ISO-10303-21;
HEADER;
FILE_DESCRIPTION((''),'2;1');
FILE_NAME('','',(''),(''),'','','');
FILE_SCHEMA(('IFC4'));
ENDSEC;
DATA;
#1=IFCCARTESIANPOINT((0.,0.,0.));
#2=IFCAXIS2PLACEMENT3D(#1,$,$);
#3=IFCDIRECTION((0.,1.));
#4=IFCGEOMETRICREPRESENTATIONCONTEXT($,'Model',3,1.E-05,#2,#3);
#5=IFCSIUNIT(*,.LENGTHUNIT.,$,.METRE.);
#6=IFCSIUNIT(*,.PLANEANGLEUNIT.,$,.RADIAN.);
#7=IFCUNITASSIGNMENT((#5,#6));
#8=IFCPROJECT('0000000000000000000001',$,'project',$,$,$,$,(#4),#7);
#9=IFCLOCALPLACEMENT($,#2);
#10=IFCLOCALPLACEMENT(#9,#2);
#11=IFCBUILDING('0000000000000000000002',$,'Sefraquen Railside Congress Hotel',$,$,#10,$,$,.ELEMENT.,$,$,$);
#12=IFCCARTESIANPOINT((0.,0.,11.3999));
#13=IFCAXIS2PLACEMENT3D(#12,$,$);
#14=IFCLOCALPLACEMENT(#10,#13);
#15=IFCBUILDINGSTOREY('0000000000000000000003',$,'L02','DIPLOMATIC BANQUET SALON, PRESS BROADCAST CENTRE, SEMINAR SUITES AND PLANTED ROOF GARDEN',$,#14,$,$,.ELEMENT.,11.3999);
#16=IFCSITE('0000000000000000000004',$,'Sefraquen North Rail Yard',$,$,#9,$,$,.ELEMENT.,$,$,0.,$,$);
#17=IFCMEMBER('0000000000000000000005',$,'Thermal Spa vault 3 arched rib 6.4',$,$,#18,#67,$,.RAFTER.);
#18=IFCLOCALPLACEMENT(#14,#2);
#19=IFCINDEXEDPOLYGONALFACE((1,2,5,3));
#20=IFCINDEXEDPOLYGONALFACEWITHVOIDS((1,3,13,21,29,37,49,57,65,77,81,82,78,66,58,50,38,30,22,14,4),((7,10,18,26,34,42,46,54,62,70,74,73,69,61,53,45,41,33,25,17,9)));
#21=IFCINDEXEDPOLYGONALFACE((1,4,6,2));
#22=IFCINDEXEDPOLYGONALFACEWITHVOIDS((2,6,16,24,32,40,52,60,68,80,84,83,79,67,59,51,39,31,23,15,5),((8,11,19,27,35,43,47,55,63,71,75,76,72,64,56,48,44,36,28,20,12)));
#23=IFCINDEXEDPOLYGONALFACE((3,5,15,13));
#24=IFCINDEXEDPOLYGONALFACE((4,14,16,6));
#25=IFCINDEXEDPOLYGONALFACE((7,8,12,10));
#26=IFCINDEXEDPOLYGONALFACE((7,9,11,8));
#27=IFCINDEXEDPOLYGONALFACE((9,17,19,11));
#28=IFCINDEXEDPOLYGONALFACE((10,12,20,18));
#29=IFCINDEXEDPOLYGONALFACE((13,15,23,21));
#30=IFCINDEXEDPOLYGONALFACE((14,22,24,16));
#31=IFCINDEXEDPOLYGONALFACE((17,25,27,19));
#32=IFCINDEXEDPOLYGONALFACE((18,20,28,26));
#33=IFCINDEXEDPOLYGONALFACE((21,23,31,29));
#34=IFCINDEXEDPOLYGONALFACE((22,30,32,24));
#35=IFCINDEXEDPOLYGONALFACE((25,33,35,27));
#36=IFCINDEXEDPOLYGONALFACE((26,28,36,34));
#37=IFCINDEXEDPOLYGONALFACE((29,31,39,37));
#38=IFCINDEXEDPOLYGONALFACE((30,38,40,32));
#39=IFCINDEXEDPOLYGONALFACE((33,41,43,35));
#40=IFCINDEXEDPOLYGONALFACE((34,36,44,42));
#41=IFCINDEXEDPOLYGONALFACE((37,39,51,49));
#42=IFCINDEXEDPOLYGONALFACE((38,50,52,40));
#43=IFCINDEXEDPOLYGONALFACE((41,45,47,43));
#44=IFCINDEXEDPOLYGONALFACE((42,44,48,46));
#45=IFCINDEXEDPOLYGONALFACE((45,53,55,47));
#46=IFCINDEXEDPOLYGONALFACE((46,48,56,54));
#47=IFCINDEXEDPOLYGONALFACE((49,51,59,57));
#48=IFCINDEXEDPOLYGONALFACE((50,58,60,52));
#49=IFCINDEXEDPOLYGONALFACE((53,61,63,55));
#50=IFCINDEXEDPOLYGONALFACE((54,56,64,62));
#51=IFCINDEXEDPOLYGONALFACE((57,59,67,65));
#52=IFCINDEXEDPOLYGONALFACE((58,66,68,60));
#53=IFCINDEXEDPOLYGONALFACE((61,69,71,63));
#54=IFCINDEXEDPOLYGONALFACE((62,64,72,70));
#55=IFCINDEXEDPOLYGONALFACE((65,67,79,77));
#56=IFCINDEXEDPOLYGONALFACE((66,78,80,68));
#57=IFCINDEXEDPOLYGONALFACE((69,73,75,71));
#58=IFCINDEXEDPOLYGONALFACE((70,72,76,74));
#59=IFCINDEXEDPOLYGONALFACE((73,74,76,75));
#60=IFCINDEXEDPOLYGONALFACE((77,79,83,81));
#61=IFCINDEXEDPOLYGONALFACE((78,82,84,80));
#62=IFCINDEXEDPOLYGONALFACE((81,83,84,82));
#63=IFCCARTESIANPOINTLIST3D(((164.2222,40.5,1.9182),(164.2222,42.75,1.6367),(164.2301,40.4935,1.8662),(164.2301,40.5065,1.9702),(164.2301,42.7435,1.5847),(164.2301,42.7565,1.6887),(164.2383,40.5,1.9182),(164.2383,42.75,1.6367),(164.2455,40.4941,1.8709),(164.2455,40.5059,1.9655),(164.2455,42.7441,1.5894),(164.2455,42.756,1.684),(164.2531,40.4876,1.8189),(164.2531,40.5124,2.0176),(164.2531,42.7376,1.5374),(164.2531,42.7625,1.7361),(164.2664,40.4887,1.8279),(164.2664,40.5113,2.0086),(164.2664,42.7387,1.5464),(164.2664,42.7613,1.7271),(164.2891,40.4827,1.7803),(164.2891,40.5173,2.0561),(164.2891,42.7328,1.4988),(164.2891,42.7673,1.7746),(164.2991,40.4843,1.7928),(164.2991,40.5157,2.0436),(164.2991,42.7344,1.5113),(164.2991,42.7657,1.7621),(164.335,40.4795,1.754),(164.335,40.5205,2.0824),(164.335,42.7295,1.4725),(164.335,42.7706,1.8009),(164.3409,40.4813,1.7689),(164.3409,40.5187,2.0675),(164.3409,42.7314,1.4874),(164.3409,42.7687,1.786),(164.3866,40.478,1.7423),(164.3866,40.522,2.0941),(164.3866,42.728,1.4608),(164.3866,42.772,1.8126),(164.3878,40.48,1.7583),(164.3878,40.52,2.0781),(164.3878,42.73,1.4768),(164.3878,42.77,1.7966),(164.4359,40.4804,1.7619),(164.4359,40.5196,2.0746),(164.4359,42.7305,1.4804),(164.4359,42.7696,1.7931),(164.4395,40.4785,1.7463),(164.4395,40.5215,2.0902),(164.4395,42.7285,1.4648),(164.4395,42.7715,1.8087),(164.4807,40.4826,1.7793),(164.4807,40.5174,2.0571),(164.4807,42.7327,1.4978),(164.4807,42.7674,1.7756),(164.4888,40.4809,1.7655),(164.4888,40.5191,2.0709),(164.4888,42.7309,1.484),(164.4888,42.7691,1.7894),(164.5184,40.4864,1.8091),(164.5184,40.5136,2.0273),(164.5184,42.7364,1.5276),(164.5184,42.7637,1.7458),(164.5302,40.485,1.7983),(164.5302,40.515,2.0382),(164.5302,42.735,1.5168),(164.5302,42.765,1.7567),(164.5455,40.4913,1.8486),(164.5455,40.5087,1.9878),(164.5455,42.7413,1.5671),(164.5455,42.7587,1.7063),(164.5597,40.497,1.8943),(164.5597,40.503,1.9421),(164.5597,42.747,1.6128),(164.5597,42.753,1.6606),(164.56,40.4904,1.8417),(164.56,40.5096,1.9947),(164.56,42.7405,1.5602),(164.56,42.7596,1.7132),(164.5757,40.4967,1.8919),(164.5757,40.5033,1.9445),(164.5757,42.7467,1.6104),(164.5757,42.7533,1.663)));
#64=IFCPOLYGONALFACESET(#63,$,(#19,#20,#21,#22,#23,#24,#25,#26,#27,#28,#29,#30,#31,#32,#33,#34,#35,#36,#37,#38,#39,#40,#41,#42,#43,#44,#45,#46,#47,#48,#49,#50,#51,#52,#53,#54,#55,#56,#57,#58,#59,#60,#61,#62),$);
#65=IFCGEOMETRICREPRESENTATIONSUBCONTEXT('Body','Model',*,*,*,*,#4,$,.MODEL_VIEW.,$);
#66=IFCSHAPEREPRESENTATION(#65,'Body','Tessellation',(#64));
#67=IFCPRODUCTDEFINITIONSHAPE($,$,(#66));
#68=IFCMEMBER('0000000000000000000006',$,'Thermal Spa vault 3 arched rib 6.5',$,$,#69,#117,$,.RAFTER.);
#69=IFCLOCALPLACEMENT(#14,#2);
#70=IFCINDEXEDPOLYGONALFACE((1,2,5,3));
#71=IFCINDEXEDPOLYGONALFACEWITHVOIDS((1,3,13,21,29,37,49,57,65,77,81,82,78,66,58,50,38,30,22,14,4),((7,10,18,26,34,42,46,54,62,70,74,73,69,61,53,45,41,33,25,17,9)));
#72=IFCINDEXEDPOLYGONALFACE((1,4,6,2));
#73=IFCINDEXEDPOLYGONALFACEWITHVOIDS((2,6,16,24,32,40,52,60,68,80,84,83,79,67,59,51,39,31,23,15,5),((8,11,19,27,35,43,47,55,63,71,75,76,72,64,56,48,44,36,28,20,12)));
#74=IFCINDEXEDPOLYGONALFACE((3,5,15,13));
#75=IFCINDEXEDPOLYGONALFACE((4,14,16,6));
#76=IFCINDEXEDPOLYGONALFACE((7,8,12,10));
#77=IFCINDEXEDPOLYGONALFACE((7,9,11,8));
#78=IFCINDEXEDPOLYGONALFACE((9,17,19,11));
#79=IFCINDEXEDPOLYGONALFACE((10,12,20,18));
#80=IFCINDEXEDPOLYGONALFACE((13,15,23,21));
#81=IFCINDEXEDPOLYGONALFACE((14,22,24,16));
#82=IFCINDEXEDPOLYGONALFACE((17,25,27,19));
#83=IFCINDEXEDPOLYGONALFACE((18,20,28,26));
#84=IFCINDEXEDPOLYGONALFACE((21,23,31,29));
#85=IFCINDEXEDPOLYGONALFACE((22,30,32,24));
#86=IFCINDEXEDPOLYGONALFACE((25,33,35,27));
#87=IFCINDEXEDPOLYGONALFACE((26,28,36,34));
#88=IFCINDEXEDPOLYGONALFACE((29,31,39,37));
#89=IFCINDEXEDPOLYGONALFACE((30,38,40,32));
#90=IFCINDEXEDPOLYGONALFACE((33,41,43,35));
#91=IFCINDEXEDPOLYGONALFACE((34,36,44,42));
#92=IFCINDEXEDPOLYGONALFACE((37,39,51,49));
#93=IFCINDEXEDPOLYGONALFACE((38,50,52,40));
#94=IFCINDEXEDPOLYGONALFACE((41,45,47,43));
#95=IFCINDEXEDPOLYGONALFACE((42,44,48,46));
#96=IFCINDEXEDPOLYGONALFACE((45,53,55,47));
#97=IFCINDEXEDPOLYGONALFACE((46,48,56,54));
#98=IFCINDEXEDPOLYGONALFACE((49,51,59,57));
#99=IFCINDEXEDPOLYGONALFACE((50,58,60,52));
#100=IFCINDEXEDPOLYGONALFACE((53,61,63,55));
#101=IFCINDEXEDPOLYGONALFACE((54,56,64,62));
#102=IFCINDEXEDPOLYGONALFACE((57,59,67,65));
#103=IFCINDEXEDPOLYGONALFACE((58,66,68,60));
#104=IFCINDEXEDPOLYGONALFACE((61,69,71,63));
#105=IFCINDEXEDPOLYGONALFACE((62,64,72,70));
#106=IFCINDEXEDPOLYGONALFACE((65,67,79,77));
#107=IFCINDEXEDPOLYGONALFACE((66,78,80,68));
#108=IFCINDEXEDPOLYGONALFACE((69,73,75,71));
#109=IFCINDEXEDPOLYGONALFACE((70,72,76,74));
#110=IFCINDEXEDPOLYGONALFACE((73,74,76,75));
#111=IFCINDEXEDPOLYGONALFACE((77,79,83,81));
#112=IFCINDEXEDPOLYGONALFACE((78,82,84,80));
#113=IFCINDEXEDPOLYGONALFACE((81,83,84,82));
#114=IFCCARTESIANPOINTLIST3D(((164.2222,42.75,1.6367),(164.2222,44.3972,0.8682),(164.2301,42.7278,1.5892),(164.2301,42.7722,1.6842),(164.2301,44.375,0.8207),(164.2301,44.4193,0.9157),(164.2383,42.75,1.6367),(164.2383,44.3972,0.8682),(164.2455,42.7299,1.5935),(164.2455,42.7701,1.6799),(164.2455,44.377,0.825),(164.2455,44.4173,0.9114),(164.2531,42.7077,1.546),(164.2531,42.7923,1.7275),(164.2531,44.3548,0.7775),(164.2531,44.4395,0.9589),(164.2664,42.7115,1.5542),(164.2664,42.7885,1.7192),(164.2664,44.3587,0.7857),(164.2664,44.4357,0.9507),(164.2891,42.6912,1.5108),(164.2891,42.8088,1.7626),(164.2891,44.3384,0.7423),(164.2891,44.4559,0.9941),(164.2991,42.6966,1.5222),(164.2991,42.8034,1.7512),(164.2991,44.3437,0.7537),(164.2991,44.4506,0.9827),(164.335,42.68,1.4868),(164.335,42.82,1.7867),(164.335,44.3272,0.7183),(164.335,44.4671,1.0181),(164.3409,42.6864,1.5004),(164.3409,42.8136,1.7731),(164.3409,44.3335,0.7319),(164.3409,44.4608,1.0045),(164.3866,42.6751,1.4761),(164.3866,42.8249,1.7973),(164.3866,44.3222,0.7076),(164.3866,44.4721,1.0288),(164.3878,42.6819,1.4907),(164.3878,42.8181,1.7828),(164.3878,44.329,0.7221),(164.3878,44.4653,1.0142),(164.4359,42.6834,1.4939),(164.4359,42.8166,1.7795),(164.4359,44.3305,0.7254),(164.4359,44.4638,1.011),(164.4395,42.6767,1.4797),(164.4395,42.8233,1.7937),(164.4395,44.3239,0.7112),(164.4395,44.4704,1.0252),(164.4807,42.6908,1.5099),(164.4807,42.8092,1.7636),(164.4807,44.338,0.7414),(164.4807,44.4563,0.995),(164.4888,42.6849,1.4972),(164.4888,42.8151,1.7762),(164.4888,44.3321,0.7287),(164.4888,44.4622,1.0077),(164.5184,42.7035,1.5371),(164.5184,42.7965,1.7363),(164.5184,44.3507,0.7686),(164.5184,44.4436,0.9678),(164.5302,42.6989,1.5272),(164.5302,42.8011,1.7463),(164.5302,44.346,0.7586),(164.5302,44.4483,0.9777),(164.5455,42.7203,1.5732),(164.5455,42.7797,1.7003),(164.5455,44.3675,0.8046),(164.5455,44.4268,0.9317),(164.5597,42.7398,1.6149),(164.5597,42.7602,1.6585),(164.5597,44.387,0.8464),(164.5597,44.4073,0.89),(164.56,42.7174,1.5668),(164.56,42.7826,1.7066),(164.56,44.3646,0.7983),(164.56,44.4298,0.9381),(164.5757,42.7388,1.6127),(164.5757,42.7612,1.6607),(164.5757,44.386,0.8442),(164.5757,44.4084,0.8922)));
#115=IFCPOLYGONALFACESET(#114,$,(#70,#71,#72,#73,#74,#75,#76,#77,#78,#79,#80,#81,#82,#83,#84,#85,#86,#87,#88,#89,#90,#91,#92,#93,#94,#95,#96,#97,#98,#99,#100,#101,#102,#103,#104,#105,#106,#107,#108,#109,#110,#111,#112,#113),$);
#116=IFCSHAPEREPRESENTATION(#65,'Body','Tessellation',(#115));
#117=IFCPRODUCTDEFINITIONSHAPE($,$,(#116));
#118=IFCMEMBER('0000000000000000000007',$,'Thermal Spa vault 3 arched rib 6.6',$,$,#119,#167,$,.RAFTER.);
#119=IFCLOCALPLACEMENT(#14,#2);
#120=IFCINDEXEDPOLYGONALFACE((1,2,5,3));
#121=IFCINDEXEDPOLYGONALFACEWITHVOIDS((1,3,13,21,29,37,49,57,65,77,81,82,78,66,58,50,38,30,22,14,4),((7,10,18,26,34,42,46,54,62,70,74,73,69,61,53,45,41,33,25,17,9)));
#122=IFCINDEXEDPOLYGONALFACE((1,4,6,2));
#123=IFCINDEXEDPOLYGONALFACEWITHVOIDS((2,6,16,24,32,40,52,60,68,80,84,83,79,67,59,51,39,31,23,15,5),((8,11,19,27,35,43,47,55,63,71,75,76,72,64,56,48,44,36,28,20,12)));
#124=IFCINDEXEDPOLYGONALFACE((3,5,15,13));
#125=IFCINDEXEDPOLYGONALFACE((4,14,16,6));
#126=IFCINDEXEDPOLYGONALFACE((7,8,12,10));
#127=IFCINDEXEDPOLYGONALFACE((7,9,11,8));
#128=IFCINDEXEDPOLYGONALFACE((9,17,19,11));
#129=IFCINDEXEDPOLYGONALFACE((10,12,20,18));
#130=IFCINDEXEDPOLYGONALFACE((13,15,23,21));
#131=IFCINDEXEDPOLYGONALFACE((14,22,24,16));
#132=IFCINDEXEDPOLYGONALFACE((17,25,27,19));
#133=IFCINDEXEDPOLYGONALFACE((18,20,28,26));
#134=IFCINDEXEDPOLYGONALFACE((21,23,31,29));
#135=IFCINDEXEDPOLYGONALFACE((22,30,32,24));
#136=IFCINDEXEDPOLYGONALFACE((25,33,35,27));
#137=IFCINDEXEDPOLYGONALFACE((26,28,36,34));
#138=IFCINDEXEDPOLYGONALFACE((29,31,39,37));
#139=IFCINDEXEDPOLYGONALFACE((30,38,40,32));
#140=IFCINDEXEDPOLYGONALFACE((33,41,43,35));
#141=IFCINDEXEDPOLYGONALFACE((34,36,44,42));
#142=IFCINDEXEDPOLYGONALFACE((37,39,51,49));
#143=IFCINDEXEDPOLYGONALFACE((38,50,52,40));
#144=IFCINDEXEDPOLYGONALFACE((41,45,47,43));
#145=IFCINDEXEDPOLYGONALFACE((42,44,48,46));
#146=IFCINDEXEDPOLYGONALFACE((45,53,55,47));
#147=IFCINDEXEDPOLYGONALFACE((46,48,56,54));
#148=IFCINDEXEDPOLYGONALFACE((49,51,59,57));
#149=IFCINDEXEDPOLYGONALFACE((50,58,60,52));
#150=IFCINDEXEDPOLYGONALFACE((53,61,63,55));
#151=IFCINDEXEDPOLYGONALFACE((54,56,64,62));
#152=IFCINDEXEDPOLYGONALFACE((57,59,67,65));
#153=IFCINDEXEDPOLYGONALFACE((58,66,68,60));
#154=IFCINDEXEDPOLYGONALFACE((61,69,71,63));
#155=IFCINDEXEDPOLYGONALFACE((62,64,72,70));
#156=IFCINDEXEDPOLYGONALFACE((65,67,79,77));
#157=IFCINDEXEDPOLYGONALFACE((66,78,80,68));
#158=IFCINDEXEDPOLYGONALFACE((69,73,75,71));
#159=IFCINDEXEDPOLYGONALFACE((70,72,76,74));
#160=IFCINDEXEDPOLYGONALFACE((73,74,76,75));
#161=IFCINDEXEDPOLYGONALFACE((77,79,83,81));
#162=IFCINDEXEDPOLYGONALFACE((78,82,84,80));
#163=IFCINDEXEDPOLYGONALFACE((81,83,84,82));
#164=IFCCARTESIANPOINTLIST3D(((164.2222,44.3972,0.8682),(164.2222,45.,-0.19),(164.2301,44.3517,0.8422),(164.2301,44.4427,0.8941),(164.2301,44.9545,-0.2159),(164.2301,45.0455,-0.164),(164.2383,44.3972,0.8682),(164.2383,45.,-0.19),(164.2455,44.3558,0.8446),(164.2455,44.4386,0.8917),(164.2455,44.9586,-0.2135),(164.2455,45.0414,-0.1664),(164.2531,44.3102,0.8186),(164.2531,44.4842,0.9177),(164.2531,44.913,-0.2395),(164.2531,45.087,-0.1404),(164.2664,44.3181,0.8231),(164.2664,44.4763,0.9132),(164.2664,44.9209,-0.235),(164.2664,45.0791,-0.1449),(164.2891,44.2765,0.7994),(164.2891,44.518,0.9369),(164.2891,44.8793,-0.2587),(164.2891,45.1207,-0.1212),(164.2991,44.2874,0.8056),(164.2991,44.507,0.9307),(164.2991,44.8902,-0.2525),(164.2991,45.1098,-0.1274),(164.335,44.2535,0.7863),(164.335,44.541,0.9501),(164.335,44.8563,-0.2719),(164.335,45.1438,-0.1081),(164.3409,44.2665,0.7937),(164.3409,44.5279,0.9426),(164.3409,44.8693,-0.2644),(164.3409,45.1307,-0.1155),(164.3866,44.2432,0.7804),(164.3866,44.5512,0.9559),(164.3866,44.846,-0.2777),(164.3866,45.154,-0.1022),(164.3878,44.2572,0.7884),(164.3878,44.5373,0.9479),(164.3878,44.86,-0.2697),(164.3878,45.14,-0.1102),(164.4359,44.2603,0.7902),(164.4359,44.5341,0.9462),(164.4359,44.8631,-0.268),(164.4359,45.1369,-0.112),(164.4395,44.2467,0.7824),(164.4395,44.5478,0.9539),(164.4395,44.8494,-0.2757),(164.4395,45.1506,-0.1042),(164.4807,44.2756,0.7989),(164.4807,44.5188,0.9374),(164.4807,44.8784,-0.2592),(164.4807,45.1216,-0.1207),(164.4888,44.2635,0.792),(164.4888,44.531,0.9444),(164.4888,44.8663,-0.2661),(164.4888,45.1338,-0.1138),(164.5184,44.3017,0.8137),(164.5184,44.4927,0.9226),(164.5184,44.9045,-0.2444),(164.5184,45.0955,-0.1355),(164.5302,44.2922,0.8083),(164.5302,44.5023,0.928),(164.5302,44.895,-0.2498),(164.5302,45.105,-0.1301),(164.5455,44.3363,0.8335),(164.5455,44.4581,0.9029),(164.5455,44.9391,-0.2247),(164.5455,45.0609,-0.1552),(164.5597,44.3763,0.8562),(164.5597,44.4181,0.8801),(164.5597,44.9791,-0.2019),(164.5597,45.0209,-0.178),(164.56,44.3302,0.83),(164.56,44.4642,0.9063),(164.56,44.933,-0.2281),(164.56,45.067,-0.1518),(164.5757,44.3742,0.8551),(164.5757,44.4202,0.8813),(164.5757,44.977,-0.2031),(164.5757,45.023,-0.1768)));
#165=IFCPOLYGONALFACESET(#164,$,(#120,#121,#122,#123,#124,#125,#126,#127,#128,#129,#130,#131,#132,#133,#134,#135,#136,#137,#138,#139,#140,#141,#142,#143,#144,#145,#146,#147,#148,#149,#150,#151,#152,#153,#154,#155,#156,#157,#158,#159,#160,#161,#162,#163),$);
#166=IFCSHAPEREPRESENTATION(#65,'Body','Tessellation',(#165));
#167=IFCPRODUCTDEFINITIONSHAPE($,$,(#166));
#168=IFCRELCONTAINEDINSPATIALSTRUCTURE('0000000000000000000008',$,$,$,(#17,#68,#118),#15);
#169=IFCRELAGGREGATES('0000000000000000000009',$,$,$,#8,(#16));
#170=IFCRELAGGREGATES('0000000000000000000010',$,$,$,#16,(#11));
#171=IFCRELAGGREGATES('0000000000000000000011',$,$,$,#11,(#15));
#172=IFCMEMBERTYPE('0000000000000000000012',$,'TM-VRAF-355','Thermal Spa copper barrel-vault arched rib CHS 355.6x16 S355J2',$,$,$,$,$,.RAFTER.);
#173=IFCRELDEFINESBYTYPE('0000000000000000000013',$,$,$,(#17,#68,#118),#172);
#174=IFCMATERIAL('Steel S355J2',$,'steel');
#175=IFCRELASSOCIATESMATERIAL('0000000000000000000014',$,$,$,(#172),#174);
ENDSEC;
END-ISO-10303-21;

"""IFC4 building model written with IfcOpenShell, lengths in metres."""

from ifc_helpers import new_model, si_unit, direction, frame, origin, origin_2d, place, context, subcontext, project, spatial, hollow_circle, extrude, material, material_profile, profile_set, type_object, element, save


model = new_model("IFC4")

# Units and contexts
model_context = context("Model", 3, precision=1e-05, world=origin(), true_north=direction((0.0, 1.0)))
body_context = subcontext(model_context, "Body", "Model", "MODEL_VIEW")
ifc_project = project(units=[si_unit("LENGTHUNIT", "METRE"), si_unit("PLANEANGLEUNIT", "RADIAN")], contexts=[model_context])

# Site, building, storey
site_placement = place(None, origin())
site = spatial("IfcSite", under=ifc_project, at=site_placement, Name="Sefraquen North Rail Yard", CompositionType="ELEMENT", RefElevation=0.0)
building_placement = place(site_placement, origin())
building = spatial("IfcBuilding", under=site, at=building_placement, Name="Sefraquen Railside Congress Hotel", CompositionType="ELEMENT")
storey_placement = place(building_placement, frame((0.0, 0.0, 11.3999)))
storey = spatial("IfcBuildingStorey", under=building, at=storey_placement, Name="L02", Description="DIPLOMATIC BANQUET SALON, PRESS BROADCAST CENTRE, SEMINAR SUITES AND PLANTED ROOF GARDEN", CompositionType="ELEMENT", Elevation=11.3999)

# Members
ifc_material_1 = material(Name="Steel S355J2", Category="steel")
ifc_material_profile_1 = material_profile(ifc_material_1, hollow_circle(Radius=0.1777, WallThickness=0.0161, at=origin_2d()), Name="CHS 355.6x16")
ifc_profile_set_1 = profile_set([ifc_material_profile_1], Name="Steel S355J2")
member_type = type_object("IfcMemberType", Name="TM-VRAF-355", Description="Thermal Spa copper barrel-vault arched rib CHS 355.6x16 S355J2", PredefinedType="RAFTER", material=ifc_profile_set_1)
member_1_placement = place(storey_placement, frame((164.3999, 40.5, 1.9182), z_axis=(0.0, 0.992265, -0.124141), x_axis=(-1.0, 0.0, 0.0)))
element("IfcMember", 1, at=member_1_placement, inside=storey, type_object=member_type, Name="Thermal Spa vault 3 arched rib 6.4", PredefinedType="RAFTER", context=body_context, shape_type="SweptSolid", body=[
    extrude(hollow_circle(Radius=0.1777, WallThickness=0.0161, at=origin_2d()), origin(), (0.0, 0.0, 1.0), 2.2676),
])
member_2_placement = place(storey_placement, frame((164.3999, 42.75, 1.6367), z_axis=(0.0, 0.906214, -0.422819), x_axis=(-1.0, 0.0, 0.0)))
element("IfcMember", 2, at=member_2_placement, inside=storey, type_object=member_type, Name="Thermal Spa vault 3 arched rib 6.5", PredefinedType="RAFTER", context=body_context, shape_type="SweptSolid", body=[
    extrude(hollow_circle(Radius=0.1777, WallThickness=0.0161, at=origin_2d()), origin(), (0.0, 0.0, 1.0), 1.8176),
])
for number, where, z_axis, x_axis, name in (
    (3, (164.3999, 44.3972, 0.8682), (0.0, 0.494994, -0.868896), (-1.0, 0.0, 0.0), "Thermal Spa vault 3 arched rib 6.6"),
):
    element("IfcMember", number, at=place(storey_placement, frame(where, z_axis=z_axis, x_axis=x_axis)), inside=storey, type_object=member_type, Name=name, PredefinedType="RAFTER", context=body_context, shape_type="SweptSolid", body=[
        extrude(hollow_circle(Radius=0.1777, WallThickness=0.0161, at=origin_2d()), origin(), (0.0, 0.0, 1.0), 1.2178),
    ])

save(model, "model.ifc")
